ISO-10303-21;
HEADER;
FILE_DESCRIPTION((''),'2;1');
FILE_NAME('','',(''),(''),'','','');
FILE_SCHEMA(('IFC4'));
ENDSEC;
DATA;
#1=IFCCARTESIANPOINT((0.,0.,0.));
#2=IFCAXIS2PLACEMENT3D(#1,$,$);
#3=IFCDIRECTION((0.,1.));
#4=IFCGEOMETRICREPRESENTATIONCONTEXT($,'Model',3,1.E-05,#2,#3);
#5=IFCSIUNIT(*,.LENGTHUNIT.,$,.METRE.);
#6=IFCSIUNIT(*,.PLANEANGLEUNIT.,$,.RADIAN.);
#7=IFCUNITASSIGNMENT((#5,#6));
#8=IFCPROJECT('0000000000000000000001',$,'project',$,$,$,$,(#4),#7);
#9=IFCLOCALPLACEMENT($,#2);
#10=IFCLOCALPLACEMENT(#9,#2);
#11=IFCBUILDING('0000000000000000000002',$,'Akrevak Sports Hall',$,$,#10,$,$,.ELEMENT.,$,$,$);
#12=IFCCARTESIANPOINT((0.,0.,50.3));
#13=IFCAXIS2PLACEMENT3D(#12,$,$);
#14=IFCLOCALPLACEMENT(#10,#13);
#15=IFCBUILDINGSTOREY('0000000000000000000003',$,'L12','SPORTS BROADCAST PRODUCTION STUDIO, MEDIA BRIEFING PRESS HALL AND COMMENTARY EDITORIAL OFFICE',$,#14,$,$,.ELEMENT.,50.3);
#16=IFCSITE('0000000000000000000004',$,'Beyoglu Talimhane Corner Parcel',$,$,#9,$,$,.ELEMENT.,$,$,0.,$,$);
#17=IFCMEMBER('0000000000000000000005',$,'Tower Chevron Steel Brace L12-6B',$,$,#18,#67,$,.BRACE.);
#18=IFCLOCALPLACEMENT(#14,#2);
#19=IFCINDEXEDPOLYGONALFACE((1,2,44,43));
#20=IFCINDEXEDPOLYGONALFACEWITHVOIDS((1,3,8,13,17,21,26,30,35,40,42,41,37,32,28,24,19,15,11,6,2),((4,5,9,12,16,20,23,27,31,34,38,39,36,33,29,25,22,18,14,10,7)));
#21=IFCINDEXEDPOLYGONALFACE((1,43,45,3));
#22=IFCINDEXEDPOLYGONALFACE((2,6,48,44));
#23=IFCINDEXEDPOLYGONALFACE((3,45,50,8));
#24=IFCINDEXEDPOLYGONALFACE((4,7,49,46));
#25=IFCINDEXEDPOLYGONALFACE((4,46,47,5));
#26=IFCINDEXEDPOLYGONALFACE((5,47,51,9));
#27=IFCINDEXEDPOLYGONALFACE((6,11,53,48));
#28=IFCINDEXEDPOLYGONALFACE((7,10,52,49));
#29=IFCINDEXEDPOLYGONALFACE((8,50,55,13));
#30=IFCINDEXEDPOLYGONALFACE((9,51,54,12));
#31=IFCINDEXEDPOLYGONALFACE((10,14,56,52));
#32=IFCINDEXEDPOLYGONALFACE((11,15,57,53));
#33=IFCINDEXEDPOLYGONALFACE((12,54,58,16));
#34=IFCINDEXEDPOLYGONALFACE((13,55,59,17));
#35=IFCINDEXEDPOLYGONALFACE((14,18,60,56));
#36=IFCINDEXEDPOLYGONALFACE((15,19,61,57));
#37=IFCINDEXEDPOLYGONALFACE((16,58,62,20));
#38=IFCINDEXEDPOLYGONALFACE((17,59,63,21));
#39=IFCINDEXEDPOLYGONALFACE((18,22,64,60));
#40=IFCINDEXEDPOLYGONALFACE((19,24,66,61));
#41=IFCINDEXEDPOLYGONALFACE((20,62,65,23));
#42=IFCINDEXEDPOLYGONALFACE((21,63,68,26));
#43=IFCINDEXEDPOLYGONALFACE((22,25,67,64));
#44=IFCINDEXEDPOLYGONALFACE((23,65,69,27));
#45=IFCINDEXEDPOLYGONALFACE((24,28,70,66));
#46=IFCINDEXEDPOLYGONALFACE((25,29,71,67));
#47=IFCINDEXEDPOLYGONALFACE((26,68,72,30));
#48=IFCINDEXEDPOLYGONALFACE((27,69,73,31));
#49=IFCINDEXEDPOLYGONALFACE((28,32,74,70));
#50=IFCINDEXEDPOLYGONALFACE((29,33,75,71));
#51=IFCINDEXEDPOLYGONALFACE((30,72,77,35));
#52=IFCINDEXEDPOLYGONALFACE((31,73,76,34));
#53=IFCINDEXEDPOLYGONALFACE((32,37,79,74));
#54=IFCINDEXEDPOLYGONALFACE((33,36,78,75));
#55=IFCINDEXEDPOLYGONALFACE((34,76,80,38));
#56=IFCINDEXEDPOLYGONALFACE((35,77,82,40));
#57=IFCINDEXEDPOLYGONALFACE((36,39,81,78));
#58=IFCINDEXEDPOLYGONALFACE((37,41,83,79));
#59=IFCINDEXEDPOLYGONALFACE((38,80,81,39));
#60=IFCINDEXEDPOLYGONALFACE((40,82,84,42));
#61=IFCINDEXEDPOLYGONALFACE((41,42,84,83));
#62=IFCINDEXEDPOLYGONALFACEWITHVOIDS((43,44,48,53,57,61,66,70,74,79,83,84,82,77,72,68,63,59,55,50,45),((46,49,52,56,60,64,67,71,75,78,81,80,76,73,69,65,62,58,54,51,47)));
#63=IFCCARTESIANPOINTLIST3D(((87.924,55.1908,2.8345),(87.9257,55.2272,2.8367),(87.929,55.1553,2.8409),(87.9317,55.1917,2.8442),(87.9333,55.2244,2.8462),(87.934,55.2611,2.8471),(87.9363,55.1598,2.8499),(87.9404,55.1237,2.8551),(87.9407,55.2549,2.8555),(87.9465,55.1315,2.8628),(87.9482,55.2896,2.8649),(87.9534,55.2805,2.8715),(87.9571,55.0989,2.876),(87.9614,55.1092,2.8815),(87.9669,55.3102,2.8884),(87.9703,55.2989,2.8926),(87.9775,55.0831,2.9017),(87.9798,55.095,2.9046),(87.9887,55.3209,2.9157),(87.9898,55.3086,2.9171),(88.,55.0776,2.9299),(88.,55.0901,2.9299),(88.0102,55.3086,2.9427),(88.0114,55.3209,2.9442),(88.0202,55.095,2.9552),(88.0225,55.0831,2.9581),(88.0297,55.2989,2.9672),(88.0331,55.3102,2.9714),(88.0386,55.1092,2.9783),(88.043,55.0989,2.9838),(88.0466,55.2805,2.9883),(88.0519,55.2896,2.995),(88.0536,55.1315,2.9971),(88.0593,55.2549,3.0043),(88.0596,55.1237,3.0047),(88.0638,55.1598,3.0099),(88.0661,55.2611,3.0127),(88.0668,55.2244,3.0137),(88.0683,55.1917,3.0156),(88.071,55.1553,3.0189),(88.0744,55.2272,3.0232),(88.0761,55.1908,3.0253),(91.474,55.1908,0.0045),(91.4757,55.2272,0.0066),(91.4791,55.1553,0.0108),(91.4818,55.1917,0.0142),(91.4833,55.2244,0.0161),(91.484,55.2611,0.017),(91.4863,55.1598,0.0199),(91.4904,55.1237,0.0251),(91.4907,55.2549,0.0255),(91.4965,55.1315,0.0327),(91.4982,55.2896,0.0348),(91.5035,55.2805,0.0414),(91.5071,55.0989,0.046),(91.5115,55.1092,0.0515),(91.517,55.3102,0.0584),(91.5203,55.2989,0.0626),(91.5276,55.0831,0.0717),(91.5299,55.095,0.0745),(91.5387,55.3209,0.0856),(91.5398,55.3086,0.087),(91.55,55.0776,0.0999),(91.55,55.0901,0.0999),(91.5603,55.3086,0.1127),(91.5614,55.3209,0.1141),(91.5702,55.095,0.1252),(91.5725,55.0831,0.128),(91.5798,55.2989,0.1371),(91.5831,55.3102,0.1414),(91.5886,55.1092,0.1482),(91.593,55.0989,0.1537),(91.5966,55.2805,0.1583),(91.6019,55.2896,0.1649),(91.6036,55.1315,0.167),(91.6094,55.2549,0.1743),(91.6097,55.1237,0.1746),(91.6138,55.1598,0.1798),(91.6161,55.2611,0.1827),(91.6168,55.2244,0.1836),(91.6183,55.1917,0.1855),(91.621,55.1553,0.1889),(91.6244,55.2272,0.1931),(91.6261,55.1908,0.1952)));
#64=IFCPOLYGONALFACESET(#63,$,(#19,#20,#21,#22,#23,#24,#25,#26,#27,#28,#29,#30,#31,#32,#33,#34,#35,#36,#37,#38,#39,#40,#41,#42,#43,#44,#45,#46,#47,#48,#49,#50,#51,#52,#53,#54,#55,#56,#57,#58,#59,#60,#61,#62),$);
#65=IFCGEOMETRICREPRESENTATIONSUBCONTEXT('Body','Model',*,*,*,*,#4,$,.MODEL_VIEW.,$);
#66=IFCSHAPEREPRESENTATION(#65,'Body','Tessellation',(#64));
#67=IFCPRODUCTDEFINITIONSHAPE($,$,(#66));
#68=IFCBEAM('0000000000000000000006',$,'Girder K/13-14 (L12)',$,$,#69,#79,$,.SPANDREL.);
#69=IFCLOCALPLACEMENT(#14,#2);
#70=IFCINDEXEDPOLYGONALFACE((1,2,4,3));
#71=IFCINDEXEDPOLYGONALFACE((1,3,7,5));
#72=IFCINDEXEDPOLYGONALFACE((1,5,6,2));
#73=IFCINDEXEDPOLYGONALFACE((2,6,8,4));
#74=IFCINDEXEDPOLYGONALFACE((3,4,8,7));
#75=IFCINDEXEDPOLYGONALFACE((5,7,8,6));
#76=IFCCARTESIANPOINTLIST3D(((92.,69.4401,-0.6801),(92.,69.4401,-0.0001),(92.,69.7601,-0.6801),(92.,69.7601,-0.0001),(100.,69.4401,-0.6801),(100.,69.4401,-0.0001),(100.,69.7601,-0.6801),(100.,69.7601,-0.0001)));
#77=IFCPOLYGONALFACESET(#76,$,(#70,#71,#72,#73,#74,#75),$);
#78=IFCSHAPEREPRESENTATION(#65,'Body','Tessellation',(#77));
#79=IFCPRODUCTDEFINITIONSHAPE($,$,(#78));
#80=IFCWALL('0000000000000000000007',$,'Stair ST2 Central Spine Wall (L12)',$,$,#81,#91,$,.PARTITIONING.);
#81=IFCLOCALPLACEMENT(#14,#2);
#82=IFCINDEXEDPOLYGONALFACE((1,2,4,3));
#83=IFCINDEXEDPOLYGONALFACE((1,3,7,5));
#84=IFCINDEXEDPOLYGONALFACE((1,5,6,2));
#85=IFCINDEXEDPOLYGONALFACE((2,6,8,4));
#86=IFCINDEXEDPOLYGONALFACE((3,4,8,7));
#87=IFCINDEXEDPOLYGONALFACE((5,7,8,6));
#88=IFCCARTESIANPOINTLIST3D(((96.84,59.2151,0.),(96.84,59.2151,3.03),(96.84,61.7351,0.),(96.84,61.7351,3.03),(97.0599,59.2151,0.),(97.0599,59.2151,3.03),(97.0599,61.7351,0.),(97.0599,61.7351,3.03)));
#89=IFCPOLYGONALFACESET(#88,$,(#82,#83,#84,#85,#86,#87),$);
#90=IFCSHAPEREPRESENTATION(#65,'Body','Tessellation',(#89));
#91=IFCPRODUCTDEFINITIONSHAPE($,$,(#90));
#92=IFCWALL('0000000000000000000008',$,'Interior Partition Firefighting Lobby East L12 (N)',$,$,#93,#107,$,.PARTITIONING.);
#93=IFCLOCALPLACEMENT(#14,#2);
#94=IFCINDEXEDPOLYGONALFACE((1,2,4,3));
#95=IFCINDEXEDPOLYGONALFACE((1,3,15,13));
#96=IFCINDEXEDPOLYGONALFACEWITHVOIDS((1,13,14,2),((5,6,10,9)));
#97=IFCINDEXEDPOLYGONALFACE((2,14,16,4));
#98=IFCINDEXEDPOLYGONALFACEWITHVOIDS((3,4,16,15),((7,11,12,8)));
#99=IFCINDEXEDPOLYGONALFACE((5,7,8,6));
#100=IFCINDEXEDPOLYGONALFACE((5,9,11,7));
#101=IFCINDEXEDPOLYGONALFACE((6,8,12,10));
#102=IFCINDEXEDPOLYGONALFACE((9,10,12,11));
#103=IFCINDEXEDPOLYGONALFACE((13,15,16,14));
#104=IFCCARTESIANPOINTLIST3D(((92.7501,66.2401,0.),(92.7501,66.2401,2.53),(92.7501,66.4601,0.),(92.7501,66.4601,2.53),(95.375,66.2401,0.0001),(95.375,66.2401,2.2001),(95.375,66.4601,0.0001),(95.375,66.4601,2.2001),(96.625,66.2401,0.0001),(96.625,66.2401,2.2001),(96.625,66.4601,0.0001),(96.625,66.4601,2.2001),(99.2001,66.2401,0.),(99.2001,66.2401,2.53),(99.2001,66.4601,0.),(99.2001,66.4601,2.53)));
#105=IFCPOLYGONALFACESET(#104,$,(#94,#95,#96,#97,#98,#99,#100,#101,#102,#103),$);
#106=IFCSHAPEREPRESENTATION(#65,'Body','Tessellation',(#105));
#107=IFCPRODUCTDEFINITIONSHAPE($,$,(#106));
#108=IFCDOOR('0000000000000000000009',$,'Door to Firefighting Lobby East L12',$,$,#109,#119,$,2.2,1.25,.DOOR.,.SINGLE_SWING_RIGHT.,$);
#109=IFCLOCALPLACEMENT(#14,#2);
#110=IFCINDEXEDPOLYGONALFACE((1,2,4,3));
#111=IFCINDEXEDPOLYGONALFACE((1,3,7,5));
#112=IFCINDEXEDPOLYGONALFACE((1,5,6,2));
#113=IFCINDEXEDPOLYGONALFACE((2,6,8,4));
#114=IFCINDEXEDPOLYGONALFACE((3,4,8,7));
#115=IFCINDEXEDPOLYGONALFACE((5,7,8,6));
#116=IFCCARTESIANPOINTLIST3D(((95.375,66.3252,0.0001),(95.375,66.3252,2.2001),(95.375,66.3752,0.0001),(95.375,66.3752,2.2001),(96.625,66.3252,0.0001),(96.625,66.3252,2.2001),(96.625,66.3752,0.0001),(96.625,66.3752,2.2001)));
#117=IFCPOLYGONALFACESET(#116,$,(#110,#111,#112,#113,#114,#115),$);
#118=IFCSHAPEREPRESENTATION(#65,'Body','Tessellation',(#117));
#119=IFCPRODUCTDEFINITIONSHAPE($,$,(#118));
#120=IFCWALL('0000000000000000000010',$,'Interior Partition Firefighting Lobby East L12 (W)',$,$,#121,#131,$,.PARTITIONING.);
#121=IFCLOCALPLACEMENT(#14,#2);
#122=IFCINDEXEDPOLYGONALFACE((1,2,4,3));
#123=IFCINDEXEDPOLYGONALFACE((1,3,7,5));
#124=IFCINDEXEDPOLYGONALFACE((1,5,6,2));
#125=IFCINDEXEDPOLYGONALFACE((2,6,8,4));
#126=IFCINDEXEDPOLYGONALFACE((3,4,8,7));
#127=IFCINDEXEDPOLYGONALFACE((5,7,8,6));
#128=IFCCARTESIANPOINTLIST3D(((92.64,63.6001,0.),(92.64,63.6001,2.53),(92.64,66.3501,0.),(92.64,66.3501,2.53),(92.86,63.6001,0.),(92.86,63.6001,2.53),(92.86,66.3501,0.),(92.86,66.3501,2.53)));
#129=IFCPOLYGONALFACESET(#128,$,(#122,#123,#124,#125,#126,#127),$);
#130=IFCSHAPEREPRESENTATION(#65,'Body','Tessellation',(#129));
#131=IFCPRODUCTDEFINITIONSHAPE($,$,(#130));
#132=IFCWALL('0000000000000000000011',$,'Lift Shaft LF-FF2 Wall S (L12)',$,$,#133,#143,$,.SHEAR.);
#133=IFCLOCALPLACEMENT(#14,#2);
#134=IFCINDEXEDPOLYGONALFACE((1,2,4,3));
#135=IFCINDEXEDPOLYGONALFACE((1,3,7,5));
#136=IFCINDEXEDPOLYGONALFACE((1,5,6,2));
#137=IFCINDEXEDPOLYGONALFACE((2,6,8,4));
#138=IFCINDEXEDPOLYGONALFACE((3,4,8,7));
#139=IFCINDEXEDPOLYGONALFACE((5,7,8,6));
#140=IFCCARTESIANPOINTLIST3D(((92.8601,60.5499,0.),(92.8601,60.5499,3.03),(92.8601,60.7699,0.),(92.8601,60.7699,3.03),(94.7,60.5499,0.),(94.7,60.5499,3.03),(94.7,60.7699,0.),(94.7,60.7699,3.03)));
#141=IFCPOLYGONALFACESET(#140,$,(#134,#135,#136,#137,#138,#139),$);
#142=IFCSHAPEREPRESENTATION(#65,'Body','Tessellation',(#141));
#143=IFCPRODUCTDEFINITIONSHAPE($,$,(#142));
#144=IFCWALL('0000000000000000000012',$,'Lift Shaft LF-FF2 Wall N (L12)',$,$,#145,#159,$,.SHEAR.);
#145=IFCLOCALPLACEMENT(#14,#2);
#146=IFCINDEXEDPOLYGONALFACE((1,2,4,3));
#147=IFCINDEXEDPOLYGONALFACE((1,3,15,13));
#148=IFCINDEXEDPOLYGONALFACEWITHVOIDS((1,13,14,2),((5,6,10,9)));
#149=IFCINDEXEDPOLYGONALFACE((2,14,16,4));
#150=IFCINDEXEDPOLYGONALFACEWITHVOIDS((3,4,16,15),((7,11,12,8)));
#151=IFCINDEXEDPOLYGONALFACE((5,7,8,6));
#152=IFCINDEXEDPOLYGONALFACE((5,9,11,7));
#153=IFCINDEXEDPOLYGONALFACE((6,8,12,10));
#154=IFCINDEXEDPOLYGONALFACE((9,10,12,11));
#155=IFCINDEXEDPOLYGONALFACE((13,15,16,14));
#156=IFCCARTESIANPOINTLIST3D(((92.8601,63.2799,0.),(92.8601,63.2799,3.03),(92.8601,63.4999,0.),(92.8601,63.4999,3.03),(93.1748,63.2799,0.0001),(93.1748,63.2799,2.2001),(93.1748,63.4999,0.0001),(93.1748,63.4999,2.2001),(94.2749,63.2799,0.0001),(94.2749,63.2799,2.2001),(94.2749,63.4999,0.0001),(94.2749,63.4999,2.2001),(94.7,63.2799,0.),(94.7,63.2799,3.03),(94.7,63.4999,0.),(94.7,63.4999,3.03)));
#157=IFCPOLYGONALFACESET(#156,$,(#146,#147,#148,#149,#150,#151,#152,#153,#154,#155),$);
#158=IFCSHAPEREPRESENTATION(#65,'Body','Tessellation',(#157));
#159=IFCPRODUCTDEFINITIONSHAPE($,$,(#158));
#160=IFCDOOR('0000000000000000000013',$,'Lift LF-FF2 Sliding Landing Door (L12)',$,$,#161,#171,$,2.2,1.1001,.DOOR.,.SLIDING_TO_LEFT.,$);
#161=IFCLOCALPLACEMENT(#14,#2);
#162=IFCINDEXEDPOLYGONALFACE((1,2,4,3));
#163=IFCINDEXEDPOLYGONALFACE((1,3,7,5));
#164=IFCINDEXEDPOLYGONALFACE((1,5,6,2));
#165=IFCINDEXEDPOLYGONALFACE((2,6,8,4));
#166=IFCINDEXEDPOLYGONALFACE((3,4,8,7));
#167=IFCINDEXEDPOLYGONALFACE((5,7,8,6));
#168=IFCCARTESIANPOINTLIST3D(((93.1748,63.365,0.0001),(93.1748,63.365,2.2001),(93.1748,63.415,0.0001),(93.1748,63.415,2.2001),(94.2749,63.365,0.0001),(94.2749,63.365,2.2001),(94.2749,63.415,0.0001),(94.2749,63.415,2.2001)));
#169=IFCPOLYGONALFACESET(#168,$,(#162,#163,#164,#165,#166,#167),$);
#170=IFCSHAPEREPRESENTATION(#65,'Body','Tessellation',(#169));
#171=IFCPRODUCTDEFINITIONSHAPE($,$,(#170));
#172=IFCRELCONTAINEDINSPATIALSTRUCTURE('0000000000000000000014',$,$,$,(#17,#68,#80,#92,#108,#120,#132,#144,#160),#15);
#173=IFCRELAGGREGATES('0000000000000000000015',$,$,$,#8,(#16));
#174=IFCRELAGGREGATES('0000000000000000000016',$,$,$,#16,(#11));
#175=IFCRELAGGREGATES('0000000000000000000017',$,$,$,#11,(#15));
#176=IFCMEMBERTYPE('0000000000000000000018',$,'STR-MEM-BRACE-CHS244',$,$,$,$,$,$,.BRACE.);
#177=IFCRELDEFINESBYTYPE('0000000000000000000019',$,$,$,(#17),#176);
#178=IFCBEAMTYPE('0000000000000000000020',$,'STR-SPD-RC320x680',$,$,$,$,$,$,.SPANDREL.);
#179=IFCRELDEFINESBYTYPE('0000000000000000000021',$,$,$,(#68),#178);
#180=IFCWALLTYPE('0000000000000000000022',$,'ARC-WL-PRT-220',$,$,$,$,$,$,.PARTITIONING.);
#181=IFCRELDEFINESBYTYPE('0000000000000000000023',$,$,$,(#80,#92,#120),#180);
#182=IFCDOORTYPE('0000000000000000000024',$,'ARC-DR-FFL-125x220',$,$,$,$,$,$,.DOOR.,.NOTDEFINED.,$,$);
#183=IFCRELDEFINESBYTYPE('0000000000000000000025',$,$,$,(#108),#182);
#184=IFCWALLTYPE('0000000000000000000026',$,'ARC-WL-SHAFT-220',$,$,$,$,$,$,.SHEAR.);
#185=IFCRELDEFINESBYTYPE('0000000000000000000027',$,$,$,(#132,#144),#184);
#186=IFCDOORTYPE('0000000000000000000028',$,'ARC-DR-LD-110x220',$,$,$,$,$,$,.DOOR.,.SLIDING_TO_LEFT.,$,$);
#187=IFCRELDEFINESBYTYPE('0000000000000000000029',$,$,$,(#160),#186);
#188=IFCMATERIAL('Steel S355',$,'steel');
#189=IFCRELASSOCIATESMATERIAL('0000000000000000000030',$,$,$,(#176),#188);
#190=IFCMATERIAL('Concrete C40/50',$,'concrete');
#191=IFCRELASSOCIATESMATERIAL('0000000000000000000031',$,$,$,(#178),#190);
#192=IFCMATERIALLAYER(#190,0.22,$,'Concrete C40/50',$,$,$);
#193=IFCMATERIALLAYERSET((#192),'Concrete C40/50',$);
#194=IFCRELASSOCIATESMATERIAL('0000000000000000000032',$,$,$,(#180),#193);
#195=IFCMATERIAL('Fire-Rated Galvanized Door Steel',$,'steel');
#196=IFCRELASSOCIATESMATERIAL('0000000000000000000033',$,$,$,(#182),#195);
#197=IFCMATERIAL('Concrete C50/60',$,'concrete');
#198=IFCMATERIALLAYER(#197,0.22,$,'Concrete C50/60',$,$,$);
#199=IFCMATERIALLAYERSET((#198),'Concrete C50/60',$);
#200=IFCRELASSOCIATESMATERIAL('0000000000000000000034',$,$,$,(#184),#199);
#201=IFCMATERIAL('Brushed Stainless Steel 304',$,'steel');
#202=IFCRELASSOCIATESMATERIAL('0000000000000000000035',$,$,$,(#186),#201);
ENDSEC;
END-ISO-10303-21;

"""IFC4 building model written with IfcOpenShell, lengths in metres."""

from ifc_helpers import new_model, si_unit, direction, frame, frame_2d, origin, origin_2d, place, context, subcontext, project, spatial, rectangle, hollow_circle, extrude, material, layer, layer_set, material_profile, profile_set, type_object, element, fill, save


model = new_model("IFC4")

# Units and contexts
model_context = context("Model", 3, precision=1e-05, world=origin(), true_north=direction((0.0, 1.0)))
body_context = subcontext(model_context, "Body", "Model", "MODEL_VIEW")
ifc_project = project(units=[si_unit("LENGTHUNIT", "METRE"), si_unit("PLANEANGLEUNIT", "RADIAN")], contexts=[model_context])

# Site, building, storey
site_placement = place(None, origin())
site = spatial("IfcSite", under=ifc_project, at=site_placement, Name="Beyoglu Talimhane Corner Parcel", CompositionType="ELEMENT", RefElevation=0.0)
building_placement = place(site_placement, origin())
building = spatial("IfcBuilding", under=site, at=building_placement, Name="Akrevak Sports Hall", CompositionType="ELEMENT")
storey_placement = place(building_placement, frame((0.0, 0.0, 50.3)))
storey = spatial("IfcBuildingStorey", under=building, at=storey_placement, Name="L12", Description="SPORTS BROADCAST PRODUCTION STUDIO, MEDIA BRIEFING PRESS HALL AND COMMENTARY EDITORIAL OFFICE", CompositionType="ELEMENT", Elevation=50.3)

# Shared definitions
ifc_material_1 = material(Name="Concrete C40/50", Category="concrete")
ifc_material_2 = material(Name="Concrete C50/60", Category="concrete")

# Member
ifc_material_3 = material(Name="Steel S355", Category="steel")
ifc_material_profile_1 = material_profile(ifc_material_3, hollow_circle(Radius=0.1223, WallThickness=0.0125, at=origin_2d()), Name="CHS 244.5x12.5", Category="steel")
ifc_profile_set_1 = profile_set([ifc_material_profile_1], Name="Steel S355")
member_type_1 = type_object("IfcMemberType", Name="STR-MEM-BRACE-CHS244", PredefinedType="BRACE", material=ifc_profile_set_1)
member_1_placement = place(storey_placement, frame((91.55, 55.2, 0.0999), z_axis=(-0.781938, 0.0, 0.623356), x_axis=(0.0, -1.0, 0.0)))
element("IfcMember", 1, at=member_1_placement, inside=storey, type_object=member_type_1, Name="Tower Chevron Steel Brace L12-6B", PredefinedType="BRACE", context=body_context, shape_type="SweptSolid", body=[
    extrude(hollow_circle(Radius=0.1223, WallThickness=0.0125, at=origin_2d()), origin(), (0.0, 0.0, 1.0), 4.54),
])

# Beam
ifc_material_profile_2 = material_profile(ifc_material_1, rectangle(XDim=0.3201, YDim=0.6799, at=origin_2d()), Name="SPD 320x680", Category="concrete")
ifc_profile_set_2 = profile_set([ifc_material_profile_2], Name="Concrete C40/50")
beam_type_1 = type_object("IfcBeamType", Name="STR-SPD-RC320x680", PredefinedType="SPANDREL", material=ifc_profile_set_2)
beam_1_placement = place(storey_placement, frame((92.0, 69.6001, -0.3401), z_axis=(1.0, 0.0, 0.0), x_axis=(0.0, 1.0, 0.0)))
element("IfcBeam", 2, at=beam_1_placement, inside=storey, type_object=beam_type_1, Name="Girder K/13-14 (L12)", PredefinedType="SPANDREL", context=body_context, shape_type="SweptSolid", body=[
    extrude(rectangle(XDim=0.3201, YDim=0.6799, at=origin_2d()), origin(), (0.0, 0.0, 1.0), 8.0),
])

# Wall
ifc_layer_1 = layer(ifc_material_1, 0.22, Name="Concrete C40/50")
ifc_layer_set_1 = layer_set([ifc_layer_1], Name="Concrete C40/50")
wall_type_1 = type_object("IfcWallType", Name="ARC-WL-PRT-220", PredefinedType="PARTITIONING", material=ifc_layer_set_1)
wall_1_placement = place(storey_placement, frame((96.95, 59.2151, 0.0), z_axis=(0.0, 0.0, 1.0), x_axis=(0.0, 1.0, 0.0)))
element("IfcWall", 3, at=wall_1_placement, inside=storey, type_object=wall_type_1, Name="Stair ST2 Central Spine Wall (L12)", PredefinedType="PARTITIONING", context=body_context, shape_type="SweptSolid", body=[
    extrude(rectangle(XDim=2.52, YDim=0.22, at=frame_2d((1.26, 0.0))), origin(), (0.0, 0.0, 1.0), 3.03),
])

# Wall, opening, door
wall_2_placement = place(storey_placement, frame((92.75, 66.3501, 0.0), z_axis=(0.0, 0.0, 1.0), x_axis=(1.0, 0.0, 0.0)))
wall_2 = element("IfcWall", 4, at=wall_2_placement, inside=storey, type_object=wall_type_1, Name="Interior Partition Firefighting Lobby East L12 (N)", PredefinedType="PARTITIONING", context=body_context, shape_type="SweptSolid", body=[
    extrude(rectangle(XDim=6.45, YDim=0.22, at=frame_2d((3.2251, 0.0))), origin(), (0.0, 0.0, 1.0), 2.53),
])
opening_1_placement = place(wall_2_placement, frame((2.625, 0.0, 0.0)))
opening_1 = element("IfcOpeningElement", 5, at=opening_1_placement, cuts=wall_2, PredefinedType="OPENING", context=body_context, shape_type="SweptSolid", body=[
    extrude(rectangle(XDim=1.25, YDim=2.2, at=frame_2d((0.625, 1.1001))), frame((0.0, 0.1221, 0.0), z_axis=(0.0, -1.0, 0.0), x_axis=(1.0, 0.0, 0.0)), (0.0, 0.0, 1.0), 0.2439),
])
ifc_material_4 = material(Name="Fire-Rated Galvanized Door Steel", Category="steel")
door_type_1 = type_object("IfcDoorType", Name="ARC-DR-FFL-125x220", OperationType="NOTDEFINED", PredefinedType="DOOR", material=ifc_material_4)
door_1_placement = place(opening_1_placement, frame((1.25, 0.0, 0.0), z_axis=(0.0, 0.0, 1.0), x_axis=(-1.0, 0.0, 0.0)))
door_1 = element("IfcDoor", 6, at=door_1_placement, inside=storey, type_object=door_type_1, Name="Door to Firefighting Lobby East L12", OperationType="SINGLE_SWING_RIGHT", OverallHeight=2.2, OverallWidth=1.25, PredefinedType="DOOR", context=body_context, shape_type="SweptSolid", body=[
    extrude(rectangle(XDim=1.25, YDim=2.2, at=frame_2d((0.625, 1.1001))), frame((0.0, 0.0249, 0.0), z_axis=(0.0, -1.0, 0.0), x_axis=(1.0, 0.0, 0.0)), (0.0, 0.0, 1.0), 0.05),
])
fill(opening_1, door_1)

# Walls
wall_3_placement = place(storey_placement, frame((92.75, 63.6001, 0.0), z_axis=(0.0, 0.0, 1.0), x_axis=(0.0, 1.0, 0.0)))
element("IfcWall", 7, at=wall_3_placement, inside=storey, type_object=wall_type_1, Name="Interior Partition Firefighting Lobby East L12 (W)", PredefinedType="PARTITIONING", context=body_context, shape_type="SweptSolid", body=[
    extrude(rectangle(XDim=2.75, YDim=0.22, at=frame_2d((1.375, 0.0))), origin(), (0.0, 0.0, 1.0), 2.53),
])
ifc_layer_2 = layer(ifc_material_2, 0.22, Name="Concrete C50/60")
ifc_layer_set_2 = layer_set([ifc_layer_2], Name="Concrete C50/60")
wall_type_2 = type_object("IfcWallType", Name="ARC-WL-SHAFT-220", PredefinedType="SHEAR", material=ifc_layer_set_2)
wall_4_placement = place(storey_placement, frame((92.8601, 60.6599, 0.0), z_axis=(0.0, 0.0, 1.0), x_axis=(1.0, 0.0, 0.0)))
element("IfcWall", 8, at=wall_4_placement, inside=storey, type_object=wall_type_2, Name="Lift Shaft LF-FF2 Wall S (L12)", PredefinedType="SHEAR", context=body_context, shape_type="SweptSolid", body=[
    extrude(rectangle(XDim=1.8398, YDim=0.22, at=frame_2d((0.9199, 0.0))), origin(), (0.0, 0.0, 1.0), 3.03),
])

# Wall, opening, door
wall_5_placement = place(storey_placement, frame((94.7, 63.3899, 0.0), z_axis=(0.0, 0.0, 1.0), x_axis=(-1.0, 0.0, 0.0)))
wall_5 = element("IfcWall", 9, at=wall_5_placement, inside=storey, type_object=wall_type_2, Name="Lift Shaft LF-FF2 Wall N (L12)", PredefinedType="SHEAR", context=body_context, shape_type="SweptSolid", body=[
    extrude(rectangle(XDim=1.8398, YDim=0.22, at=frame_2d((0.9199, 0.0))), origin(), (0.0, 0.0, 1.0), 3.03),
])
opening_2_placement = place(wall_5_placement, frame((0.425, 0.0, 0.0)))
opening_2 = element("IfcOpeningElement", 10, at=opening_2_placement, cuts=wall_5, PredefinedType="OPENING", context=body_context, shape_type="SweptSolid", body=[
    extrude(rectangle(XDim=1.1001, YDim=2.2, at=frame_2d((0.55, 1.1001))), frame((0.0, 0.1221, 0.0), z_axis=(0.0, -1.0, 0.0), x_axis=(1.0, 0.0, 0.0)), (0.0, 0.0, 1.0), 0.2439),
])
ifc_material_5 = material(Name="Brushed Stainless Steel 304", Category="steel")
door_type_2 = type_object("IfcDoorType", Name="ARC-DR-LD-110x220", OperationType="SLIDING_TO_LEFT", PredefinedType="DOOR", material=ifc_material_5)
door_2_placement = place(opening_2_placement, origin())
door_2 = element("IfcDoor", 11, at=door_2_placement, inside=storey, type_object=door_type_2, Name="Lift LF-FF2 Sliding Landing Door (L12)", OperationType="SLIDING_TO_LEFT", OverallHeight=2.2, OverallWidth=1.1001, PredefinedType="DOOR", context=body_context, shape_type="SweptSolid", body=[
    extrude(rectangle(XDim=1.1001, YDim=2.2, at=frame_2d((0.55, 1.1001))), frame((0.0, 0.0249, 0.0), z_axis=(0.0, -1.0, 0.0), x_axis=(1.0, 0.0, 0.0)), (0.0, 0.0, 1.0), 0.05),
])
fill(opening_2, door_2)

save(model, "model.ifc")
